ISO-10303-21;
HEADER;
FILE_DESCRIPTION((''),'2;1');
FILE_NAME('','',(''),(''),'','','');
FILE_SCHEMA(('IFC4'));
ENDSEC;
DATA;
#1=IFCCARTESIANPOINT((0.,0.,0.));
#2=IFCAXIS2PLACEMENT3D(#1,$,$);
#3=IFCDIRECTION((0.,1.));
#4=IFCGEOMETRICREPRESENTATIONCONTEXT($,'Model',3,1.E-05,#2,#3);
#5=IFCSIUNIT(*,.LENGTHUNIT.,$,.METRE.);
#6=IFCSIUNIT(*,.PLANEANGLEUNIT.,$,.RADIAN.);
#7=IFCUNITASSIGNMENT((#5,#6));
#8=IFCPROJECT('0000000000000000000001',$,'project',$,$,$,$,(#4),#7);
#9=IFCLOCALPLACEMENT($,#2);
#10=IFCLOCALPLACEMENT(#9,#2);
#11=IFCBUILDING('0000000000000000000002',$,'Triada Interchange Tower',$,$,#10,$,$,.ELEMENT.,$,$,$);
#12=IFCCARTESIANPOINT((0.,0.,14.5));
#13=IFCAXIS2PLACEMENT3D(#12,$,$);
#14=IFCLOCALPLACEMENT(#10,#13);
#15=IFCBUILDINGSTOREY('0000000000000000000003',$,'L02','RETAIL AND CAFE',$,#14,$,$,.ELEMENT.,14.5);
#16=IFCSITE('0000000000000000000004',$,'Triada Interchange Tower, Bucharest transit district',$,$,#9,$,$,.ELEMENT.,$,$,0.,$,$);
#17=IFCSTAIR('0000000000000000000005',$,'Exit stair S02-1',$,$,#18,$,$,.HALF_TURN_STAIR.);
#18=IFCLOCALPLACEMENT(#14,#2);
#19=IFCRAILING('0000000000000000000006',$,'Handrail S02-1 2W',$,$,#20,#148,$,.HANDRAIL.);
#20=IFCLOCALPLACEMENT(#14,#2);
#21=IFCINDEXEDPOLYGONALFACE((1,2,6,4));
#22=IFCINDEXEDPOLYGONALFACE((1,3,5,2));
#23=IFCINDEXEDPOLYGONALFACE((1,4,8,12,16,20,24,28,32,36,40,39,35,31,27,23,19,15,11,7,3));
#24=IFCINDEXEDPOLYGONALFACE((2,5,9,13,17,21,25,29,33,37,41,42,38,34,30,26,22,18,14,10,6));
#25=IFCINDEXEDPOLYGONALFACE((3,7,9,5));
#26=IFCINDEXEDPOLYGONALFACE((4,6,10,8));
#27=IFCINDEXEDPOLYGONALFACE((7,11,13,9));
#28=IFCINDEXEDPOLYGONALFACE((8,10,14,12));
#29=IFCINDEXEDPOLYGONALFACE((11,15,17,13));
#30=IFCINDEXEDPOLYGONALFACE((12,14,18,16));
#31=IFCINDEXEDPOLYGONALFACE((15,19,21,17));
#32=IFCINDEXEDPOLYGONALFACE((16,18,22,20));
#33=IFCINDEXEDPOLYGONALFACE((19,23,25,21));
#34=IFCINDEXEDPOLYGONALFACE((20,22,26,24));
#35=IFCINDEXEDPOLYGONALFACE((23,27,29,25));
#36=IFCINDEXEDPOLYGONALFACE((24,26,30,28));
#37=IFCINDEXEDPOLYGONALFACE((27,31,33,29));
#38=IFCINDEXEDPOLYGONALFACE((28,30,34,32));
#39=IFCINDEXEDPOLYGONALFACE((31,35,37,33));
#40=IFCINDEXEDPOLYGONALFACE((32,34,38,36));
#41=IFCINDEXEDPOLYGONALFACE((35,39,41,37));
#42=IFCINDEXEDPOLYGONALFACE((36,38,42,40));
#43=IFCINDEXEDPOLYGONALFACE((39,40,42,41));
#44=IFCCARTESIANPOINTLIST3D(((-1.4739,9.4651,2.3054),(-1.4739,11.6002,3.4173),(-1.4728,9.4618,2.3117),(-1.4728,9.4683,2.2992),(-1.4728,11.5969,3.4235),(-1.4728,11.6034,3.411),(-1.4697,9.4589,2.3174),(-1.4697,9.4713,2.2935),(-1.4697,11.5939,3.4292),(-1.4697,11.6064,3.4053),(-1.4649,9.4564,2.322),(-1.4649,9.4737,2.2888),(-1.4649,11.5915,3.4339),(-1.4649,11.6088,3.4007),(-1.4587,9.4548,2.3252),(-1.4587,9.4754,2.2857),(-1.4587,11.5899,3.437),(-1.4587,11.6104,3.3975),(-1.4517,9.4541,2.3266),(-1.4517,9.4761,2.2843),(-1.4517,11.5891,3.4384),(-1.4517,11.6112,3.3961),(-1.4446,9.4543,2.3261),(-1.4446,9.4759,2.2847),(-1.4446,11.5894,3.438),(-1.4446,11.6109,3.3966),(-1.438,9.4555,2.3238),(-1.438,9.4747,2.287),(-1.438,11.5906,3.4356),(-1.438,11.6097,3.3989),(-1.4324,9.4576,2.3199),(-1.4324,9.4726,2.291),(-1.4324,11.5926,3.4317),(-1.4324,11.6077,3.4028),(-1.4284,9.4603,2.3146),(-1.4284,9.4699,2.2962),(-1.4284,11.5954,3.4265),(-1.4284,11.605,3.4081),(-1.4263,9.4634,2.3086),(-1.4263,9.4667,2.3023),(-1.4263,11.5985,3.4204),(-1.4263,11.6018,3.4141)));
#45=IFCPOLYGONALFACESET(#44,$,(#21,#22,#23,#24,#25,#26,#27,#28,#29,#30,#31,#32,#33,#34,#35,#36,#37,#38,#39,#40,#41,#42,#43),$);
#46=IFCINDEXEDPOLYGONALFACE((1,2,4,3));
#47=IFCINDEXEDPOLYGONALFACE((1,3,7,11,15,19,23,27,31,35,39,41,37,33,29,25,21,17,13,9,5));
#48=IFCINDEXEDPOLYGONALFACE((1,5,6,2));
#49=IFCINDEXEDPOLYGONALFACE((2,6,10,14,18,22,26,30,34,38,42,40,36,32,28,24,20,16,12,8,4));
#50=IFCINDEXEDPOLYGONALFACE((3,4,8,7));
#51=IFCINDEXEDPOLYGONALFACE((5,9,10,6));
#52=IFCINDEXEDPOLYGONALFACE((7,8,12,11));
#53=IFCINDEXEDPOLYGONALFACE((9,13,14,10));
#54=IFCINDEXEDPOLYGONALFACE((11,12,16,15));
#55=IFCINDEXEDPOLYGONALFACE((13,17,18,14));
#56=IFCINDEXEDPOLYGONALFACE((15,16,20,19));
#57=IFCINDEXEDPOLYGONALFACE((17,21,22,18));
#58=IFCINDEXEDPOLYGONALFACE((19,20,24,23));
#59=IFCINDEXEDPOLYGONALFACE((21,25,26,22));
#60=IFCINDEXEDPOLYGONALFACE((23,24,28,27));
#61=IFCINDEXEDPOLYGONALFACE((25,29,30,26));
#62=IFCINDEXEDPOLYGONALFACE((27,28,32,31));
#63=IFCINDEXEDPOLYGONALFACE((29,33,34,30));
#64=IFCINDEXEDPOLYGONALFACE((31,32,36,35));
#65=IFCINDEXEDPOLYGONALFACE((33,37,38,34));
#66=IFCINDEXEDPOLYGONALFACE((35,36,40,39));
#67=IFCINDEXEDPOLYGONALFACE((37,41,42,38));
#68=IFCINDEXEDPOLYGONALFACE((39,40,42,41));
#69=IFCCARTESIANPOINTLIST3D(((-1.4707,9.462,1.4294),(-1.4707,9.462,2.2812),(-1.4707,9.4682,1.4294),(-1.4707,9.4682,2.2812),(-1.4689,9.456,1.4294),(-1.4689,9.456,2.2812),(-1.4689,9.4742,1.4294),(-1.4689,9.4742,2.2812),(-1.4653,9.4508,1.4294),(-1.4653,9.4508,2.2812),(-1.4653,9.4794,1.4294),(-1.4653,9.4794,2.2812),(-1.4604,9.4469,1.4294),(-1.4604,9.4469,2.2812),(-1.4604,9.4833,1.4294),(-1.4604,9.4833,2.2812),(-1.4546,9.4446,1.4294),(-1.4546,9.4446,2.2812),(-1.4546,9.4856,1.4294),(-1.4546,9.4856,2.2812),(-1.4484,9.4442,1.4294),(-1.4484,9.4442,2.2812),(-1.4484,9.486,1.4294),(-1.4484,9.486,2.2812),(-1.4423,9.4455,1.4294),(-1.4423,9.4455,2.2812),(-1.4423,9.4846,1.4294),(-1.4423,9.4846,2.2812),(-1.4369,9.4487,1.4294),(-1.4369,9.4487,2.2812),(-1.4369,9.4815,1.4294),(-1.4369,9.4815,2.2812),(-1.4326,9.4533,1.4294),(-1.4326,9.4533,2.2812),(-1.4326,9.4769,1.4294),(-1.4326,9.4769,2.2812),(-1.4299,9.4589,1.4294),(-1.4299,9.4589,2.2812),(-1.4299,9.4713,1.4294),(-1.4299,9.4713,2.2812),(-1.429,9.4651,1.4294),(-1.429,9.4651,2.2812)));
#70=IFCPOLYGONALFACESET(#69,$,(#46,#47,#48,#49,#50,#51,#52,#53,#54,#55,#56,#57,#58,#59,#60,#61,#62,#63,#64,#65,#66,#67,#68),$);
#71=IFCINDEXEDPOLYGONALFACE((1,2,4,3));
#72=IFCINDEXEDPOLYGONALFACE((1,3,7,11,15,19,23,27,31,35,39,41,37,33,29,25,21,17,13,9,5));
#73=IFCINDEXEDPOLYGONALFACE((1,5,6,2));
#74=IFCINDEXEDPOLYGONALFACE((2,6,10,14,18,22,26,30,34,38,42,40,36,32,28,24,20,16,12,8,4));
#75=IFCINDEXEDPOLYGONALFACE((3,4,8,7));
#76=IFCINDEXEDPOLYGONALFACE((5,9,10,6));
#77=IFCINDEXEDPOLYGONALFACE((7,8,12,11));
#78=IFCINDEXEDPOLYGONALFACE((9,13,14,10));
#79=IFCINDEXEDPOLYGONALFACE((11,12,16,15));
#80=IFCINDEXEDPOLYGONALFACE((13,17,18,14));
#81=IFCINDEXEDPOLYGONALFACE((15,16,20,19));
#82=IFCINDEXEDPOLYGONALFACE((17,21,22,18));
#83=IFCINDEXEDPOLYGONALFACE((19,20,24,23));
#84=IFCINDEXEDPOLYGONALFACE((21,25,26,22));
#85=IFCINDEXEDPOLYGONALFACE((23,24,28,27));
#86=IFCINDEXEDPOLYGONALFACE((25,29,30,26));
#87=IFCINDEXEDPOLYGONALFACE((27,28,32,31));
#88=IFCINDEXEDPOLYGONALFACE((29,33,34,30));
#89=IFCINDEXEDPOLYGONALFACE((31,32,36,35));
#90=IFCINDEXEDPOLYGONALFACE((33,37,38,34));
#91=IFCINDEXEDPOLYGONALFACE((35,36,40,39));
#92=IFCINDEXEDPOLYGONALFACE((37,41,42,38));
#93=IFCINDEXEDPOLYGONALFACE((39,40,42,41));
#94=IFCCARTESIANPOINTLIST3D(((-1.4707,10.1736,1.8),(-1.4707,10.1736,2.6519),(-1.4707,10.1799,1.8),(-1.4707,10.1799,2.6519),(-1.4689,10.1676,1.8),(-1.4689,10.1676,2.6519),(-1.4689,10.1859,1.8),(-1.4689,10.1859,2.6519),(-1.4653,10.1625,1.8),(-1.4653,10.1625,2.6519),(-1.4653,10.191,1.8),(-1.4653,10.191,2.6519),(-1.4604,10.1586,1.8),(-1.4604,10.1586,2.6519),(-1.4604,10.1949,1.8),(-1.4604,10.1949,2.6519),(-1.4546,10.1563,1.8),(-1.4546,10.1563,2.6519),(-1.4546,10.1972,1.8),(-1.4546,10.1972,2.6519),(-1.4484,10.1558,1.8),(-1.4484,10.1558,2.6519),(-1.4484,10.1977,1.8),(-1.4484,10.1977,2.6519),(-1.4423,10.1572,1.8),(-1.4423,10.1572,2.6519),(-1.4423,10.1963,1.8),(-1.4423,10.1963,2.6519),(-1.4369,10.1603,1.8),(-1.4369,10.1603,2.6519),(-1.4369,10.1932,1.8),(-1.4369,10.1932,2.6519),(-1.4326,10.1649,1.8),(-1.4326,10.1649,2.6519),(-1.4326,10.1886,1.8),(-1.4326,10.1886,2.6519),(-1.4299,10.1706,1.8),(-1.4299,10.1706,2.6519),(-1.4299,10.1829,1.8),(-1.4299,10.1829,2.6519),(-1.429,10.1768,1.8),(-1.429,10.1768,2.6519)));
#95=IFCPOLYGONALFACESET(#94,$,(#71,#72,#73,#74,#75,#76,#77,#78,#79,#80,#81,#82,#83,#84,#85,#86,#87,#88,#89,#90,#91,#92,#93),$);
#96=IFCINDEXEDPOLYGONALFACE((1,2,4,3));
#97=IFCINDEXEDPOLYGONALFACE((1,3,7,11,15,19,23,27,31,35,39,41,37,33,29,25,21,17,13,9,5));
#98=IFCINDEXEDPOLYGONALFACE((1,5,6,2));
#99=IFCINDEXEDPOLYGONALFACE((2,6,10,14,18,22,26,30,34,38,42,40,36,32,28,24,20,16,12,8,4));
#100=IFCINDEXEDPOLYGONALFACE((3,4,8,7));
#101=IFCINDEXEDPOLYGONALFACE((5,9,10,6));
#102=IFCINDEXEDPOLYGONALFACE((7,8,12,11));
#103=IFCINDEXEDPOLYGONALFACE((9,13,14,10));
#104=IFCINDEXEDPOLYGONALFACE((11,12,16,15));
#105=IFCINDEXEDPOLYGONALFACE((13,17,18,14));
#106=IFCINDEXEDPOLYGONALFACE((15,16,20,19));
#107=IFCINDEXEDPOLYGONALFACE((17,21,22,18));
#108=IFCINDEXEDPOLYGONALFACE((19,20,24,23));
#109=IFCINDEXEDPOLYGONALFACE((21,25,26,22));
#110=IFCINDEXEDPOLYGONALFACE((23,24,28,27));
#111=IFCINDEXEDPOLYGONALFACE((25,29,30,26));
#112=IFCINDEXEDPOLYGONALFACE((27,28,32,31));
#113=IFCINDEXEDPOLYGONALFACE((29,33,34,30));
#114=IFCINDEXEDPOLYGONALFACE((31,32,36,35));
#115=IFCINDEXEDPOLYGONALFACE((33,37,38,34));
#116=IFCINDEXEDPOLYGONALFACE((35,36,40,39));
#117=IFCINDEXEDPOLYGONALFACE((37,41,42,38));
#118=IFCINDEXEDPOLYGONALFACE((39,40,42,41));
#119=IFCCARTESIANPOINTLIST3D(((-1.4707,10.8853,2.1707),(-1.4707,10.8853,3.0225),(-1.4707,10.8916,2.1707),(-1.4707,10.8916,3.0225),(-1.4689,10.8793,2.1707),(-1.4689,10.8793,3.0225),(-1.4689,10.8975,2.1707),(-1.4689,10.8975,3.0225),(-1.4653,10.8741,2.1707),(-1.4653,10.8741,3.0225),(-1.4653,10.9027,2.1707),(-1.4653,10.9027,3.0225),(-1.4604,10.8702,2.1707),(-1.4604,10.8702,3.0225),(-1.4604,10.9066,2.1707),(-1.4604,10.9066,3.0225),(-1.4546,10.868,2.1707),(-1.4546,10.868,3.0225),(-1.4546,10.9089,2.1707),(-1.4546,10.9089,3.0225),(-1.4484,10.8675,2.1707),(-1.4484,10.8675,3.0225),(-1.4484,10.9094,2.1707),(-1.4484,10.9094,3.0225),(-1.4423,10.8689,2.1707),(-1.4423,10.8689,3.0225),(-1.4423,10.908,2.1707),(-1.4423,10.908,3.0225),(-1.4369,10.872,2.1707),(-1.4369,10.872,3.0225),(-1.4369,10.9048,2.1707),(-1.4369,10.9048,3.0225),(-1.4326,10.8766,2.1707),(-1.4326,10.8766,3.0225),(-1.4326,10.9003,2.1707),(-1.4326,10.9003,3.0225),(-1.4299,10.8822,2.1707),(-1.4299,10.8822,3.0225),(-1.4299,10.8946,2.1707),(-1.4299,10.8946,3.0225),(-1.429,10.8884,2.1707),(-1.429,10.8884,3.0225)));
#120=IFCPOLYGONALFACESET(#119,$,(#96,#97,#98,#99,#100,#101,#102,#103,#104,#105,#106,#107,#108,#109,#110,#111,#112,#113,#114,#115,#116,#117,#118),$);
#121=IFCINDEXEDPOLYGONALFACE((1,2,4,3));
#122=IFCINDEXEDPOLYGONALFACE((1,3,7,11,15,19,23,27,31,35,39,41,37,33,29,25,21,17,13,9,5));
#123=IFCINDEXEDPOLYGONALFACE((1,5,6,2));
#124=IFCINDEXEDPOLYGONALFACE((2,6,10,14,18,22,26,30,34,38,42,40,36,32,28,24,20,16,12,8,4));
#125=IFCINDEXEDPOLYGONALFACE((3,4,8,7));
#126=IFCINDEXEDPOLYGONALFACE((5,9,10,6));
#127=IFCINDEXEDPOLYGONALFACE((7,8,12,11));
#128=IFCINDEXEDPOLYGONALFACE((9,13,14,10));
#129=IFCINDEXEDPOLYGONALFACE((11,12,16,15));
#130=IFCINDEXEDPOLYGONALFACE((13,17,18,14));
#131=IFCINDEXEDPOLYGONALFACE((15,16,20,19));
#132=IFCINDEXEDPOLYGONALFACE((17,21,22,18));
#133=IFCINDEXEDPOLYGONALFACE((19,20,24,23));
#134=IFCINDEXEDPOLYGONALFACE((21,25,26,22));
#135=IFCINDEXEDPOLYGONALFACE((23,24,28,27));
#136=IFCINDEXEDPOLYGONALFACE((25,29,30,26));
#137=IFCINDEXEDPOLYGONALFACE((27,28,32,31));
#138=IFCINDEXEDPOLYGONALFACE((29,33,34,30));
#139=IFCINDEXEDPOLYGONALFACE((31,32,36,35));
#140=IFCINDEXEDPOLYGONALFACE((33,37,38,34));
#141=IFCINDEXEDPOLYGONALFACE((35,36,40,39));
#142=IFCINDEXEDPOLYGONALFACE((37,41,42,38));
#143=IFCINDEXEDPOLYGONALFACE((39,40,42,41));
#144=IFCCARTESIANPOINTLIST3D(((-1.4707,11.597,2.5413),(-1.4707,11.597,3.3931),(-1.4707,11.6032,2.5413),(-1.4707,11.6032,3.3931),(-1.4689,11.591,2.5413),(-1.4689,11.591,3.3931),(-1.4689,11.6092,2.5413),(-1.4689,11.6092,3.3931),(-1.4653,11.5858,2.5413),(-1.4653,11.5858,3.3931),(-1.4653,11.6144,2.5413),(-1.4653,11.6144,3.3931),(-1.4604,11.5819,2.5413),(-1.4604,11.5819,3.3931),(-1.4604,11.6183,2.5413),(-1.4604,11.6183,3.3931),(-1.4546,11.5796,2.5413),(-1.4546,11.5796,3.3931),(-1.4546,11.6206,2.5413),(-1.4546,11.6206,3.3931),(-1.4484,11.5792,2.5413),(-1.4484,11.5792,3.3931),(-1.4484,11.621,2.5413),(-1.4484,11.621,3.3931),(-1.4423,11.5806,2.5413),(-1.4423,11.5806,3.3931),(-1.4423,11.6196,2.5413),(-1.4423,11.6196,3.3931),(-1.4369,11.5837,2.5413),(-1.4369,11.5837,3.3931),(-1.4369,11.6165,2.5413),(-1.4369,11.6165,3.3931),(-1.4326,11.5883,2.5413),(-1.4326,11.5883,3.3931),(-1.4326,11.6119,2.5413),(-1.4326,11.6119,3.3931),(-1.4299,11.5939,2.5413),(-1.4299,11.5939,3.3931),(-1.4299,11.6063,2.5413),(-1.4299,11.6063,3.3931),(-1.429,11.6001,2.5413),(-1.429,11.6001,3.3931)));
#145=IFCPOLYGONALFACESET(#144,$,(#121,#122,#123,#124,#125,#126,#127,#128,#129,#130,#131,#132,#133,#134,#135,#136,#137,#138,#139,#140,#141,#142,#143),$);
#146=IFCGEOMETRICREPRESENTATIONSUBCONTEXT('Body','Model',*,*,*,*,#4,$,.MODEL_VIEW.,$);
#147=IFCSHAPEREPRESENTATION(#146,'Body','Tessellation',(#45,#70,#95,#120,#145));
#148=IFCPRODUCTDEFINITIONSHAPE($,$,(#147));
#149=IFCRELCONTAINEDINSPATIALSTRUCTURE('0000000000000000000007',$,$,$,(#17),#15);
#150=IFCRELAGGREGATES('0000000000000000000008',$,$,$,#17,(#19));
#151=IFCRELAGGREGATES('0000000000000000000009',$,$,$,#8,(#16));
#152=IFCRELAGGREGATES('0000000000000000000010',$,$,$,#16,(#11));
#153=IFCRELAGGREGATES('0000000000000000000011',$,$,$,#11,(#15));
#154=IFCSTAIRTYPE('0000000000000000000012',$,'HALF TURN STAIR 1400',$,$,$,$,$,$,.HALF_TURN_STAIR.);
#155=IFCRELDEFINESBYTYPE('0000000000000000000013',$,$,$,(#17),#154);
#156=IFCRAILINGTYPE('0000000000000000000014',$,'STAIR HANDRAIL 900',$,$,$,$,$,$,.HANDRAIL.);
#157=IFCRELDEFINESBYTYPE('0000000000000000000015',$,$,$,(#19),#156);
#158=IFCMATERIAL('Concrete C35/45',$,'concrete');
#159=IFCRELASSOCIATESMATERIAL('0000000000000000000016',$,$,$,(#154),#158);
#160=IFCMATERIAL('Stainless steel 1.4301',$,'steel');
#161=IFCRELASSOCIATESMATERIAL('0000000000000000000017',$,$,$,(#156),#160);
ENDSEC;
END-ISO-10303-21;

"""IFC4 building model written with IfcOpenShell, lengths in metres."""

from ifc_helpers import new_model, si_unit, direction, frame, origin, origin_2d, place, context, subcontext, project, spatial, circle, extrude, material, type_object, element, aggregate, save


model = new_model("IFC4")

# Units and contexts
model_context = context("Model", 3, precision=1e-05, world=origin(), true_north=direction((0.0, 1.0)))
body_context = subcontext(model_context, "Body", "Model", "MODEL_VIEW")
ifc_project = project(units=[si_unit("LENGTHUNIT", "METRE"), si_unit("PLANEANGLEUNIT", "RADIAN")], contexts=[model_context])

# Site, building, storey
site_placement = place(None, origin())
site = spatial("IfcSite", under=ifc_project, at=site_placement, Name="Triada Interchange Tower, Bucharest transit district", CompositionType="ELEMENT", RefElevation=0.0)
building_placement = place(site_placement, origin())
building = spatial("IfcBuilding", under=site, at=building_placement, Name="Triada Interchange Tower", CompositionType="ELEMENT")
storey_placement = place(building_placement, frame((0.0, 0.0, 14.5)))
storey = spatial("IfcBuildingStorey", under=building, at=storey_placement, Name="L02", Description="RETAIL AND CAFE", CompositionType="ELEMENT", Elevation=14.5)

# Stair, railing
ifc_material_1 = material(Name="Concrete C35/45", Category="concrete")
stair_type = type_object("IfcStairType", Name="HALF TURN STAIR 1400", PredefinedType="HALF_TURN_STAIR", material=ifc_material_1)
stair_placement = place(storey_placement, origin())
stair = element("IfcStair", 1, at=stair_placement, inside=storey, type_object=stair_type, Name="Exit stair S02-1", PredefinedType="HALF_TURN_STAIR")
ifc_material_2 = material(Name="Stainless steel 1.4301", Category="steel")
railing_type = type_object("IfcRailingType", Name="STAIR HANDRAIL 900", PredefinedType="HANDRAIL", material=ifc_material_2)
railing_1_placement = place(storey_placement, frame((-1.45, 9.4651, 1.4294)))
railing_1 = element("IfcRailing", 2, at=railing_1_placement, type_object=railing_type, Name="Handrail S02-1 2W", PredefinedType="HANDRAIL", context=body_context, shape_type="SweptSolid", body=[
    extrude(circle(Radius=0.0239, at=origin_2d()), frame((0.0, 0.0, 0.876), z_axis=(0.0, 0.886943, 0.46188), x_axis=(-1.0, 0.0, 0.0)), (0.0, 0.0, 1.0), 2.4072),
    extrude(circle(Radius=0.021, at=origin_2d()), origin(), (0.0, 0.0, 1.0), 0.8518),
    extrude(circle(Radius=0.021, at=origin_2d()), frame((0.0, 0.7117, 0.3706)), (0.0, 0.0, 1.0), 0.8518),
    extrude(circle(Radius=0.021, at=origin_2d()), frame((0.0, 1.4233, 0.7412)), (0.0, 0.0, 1.0), 0.8518),
    extrude(circle(Radius=0.021, at=origin_2d()), frame((0.0, 2.135, 1.1118)), (0.0, 0.0, 1.0), 0.8518),
])
aggregate(stair, [railing_1])

save(model, "model.ifc")
